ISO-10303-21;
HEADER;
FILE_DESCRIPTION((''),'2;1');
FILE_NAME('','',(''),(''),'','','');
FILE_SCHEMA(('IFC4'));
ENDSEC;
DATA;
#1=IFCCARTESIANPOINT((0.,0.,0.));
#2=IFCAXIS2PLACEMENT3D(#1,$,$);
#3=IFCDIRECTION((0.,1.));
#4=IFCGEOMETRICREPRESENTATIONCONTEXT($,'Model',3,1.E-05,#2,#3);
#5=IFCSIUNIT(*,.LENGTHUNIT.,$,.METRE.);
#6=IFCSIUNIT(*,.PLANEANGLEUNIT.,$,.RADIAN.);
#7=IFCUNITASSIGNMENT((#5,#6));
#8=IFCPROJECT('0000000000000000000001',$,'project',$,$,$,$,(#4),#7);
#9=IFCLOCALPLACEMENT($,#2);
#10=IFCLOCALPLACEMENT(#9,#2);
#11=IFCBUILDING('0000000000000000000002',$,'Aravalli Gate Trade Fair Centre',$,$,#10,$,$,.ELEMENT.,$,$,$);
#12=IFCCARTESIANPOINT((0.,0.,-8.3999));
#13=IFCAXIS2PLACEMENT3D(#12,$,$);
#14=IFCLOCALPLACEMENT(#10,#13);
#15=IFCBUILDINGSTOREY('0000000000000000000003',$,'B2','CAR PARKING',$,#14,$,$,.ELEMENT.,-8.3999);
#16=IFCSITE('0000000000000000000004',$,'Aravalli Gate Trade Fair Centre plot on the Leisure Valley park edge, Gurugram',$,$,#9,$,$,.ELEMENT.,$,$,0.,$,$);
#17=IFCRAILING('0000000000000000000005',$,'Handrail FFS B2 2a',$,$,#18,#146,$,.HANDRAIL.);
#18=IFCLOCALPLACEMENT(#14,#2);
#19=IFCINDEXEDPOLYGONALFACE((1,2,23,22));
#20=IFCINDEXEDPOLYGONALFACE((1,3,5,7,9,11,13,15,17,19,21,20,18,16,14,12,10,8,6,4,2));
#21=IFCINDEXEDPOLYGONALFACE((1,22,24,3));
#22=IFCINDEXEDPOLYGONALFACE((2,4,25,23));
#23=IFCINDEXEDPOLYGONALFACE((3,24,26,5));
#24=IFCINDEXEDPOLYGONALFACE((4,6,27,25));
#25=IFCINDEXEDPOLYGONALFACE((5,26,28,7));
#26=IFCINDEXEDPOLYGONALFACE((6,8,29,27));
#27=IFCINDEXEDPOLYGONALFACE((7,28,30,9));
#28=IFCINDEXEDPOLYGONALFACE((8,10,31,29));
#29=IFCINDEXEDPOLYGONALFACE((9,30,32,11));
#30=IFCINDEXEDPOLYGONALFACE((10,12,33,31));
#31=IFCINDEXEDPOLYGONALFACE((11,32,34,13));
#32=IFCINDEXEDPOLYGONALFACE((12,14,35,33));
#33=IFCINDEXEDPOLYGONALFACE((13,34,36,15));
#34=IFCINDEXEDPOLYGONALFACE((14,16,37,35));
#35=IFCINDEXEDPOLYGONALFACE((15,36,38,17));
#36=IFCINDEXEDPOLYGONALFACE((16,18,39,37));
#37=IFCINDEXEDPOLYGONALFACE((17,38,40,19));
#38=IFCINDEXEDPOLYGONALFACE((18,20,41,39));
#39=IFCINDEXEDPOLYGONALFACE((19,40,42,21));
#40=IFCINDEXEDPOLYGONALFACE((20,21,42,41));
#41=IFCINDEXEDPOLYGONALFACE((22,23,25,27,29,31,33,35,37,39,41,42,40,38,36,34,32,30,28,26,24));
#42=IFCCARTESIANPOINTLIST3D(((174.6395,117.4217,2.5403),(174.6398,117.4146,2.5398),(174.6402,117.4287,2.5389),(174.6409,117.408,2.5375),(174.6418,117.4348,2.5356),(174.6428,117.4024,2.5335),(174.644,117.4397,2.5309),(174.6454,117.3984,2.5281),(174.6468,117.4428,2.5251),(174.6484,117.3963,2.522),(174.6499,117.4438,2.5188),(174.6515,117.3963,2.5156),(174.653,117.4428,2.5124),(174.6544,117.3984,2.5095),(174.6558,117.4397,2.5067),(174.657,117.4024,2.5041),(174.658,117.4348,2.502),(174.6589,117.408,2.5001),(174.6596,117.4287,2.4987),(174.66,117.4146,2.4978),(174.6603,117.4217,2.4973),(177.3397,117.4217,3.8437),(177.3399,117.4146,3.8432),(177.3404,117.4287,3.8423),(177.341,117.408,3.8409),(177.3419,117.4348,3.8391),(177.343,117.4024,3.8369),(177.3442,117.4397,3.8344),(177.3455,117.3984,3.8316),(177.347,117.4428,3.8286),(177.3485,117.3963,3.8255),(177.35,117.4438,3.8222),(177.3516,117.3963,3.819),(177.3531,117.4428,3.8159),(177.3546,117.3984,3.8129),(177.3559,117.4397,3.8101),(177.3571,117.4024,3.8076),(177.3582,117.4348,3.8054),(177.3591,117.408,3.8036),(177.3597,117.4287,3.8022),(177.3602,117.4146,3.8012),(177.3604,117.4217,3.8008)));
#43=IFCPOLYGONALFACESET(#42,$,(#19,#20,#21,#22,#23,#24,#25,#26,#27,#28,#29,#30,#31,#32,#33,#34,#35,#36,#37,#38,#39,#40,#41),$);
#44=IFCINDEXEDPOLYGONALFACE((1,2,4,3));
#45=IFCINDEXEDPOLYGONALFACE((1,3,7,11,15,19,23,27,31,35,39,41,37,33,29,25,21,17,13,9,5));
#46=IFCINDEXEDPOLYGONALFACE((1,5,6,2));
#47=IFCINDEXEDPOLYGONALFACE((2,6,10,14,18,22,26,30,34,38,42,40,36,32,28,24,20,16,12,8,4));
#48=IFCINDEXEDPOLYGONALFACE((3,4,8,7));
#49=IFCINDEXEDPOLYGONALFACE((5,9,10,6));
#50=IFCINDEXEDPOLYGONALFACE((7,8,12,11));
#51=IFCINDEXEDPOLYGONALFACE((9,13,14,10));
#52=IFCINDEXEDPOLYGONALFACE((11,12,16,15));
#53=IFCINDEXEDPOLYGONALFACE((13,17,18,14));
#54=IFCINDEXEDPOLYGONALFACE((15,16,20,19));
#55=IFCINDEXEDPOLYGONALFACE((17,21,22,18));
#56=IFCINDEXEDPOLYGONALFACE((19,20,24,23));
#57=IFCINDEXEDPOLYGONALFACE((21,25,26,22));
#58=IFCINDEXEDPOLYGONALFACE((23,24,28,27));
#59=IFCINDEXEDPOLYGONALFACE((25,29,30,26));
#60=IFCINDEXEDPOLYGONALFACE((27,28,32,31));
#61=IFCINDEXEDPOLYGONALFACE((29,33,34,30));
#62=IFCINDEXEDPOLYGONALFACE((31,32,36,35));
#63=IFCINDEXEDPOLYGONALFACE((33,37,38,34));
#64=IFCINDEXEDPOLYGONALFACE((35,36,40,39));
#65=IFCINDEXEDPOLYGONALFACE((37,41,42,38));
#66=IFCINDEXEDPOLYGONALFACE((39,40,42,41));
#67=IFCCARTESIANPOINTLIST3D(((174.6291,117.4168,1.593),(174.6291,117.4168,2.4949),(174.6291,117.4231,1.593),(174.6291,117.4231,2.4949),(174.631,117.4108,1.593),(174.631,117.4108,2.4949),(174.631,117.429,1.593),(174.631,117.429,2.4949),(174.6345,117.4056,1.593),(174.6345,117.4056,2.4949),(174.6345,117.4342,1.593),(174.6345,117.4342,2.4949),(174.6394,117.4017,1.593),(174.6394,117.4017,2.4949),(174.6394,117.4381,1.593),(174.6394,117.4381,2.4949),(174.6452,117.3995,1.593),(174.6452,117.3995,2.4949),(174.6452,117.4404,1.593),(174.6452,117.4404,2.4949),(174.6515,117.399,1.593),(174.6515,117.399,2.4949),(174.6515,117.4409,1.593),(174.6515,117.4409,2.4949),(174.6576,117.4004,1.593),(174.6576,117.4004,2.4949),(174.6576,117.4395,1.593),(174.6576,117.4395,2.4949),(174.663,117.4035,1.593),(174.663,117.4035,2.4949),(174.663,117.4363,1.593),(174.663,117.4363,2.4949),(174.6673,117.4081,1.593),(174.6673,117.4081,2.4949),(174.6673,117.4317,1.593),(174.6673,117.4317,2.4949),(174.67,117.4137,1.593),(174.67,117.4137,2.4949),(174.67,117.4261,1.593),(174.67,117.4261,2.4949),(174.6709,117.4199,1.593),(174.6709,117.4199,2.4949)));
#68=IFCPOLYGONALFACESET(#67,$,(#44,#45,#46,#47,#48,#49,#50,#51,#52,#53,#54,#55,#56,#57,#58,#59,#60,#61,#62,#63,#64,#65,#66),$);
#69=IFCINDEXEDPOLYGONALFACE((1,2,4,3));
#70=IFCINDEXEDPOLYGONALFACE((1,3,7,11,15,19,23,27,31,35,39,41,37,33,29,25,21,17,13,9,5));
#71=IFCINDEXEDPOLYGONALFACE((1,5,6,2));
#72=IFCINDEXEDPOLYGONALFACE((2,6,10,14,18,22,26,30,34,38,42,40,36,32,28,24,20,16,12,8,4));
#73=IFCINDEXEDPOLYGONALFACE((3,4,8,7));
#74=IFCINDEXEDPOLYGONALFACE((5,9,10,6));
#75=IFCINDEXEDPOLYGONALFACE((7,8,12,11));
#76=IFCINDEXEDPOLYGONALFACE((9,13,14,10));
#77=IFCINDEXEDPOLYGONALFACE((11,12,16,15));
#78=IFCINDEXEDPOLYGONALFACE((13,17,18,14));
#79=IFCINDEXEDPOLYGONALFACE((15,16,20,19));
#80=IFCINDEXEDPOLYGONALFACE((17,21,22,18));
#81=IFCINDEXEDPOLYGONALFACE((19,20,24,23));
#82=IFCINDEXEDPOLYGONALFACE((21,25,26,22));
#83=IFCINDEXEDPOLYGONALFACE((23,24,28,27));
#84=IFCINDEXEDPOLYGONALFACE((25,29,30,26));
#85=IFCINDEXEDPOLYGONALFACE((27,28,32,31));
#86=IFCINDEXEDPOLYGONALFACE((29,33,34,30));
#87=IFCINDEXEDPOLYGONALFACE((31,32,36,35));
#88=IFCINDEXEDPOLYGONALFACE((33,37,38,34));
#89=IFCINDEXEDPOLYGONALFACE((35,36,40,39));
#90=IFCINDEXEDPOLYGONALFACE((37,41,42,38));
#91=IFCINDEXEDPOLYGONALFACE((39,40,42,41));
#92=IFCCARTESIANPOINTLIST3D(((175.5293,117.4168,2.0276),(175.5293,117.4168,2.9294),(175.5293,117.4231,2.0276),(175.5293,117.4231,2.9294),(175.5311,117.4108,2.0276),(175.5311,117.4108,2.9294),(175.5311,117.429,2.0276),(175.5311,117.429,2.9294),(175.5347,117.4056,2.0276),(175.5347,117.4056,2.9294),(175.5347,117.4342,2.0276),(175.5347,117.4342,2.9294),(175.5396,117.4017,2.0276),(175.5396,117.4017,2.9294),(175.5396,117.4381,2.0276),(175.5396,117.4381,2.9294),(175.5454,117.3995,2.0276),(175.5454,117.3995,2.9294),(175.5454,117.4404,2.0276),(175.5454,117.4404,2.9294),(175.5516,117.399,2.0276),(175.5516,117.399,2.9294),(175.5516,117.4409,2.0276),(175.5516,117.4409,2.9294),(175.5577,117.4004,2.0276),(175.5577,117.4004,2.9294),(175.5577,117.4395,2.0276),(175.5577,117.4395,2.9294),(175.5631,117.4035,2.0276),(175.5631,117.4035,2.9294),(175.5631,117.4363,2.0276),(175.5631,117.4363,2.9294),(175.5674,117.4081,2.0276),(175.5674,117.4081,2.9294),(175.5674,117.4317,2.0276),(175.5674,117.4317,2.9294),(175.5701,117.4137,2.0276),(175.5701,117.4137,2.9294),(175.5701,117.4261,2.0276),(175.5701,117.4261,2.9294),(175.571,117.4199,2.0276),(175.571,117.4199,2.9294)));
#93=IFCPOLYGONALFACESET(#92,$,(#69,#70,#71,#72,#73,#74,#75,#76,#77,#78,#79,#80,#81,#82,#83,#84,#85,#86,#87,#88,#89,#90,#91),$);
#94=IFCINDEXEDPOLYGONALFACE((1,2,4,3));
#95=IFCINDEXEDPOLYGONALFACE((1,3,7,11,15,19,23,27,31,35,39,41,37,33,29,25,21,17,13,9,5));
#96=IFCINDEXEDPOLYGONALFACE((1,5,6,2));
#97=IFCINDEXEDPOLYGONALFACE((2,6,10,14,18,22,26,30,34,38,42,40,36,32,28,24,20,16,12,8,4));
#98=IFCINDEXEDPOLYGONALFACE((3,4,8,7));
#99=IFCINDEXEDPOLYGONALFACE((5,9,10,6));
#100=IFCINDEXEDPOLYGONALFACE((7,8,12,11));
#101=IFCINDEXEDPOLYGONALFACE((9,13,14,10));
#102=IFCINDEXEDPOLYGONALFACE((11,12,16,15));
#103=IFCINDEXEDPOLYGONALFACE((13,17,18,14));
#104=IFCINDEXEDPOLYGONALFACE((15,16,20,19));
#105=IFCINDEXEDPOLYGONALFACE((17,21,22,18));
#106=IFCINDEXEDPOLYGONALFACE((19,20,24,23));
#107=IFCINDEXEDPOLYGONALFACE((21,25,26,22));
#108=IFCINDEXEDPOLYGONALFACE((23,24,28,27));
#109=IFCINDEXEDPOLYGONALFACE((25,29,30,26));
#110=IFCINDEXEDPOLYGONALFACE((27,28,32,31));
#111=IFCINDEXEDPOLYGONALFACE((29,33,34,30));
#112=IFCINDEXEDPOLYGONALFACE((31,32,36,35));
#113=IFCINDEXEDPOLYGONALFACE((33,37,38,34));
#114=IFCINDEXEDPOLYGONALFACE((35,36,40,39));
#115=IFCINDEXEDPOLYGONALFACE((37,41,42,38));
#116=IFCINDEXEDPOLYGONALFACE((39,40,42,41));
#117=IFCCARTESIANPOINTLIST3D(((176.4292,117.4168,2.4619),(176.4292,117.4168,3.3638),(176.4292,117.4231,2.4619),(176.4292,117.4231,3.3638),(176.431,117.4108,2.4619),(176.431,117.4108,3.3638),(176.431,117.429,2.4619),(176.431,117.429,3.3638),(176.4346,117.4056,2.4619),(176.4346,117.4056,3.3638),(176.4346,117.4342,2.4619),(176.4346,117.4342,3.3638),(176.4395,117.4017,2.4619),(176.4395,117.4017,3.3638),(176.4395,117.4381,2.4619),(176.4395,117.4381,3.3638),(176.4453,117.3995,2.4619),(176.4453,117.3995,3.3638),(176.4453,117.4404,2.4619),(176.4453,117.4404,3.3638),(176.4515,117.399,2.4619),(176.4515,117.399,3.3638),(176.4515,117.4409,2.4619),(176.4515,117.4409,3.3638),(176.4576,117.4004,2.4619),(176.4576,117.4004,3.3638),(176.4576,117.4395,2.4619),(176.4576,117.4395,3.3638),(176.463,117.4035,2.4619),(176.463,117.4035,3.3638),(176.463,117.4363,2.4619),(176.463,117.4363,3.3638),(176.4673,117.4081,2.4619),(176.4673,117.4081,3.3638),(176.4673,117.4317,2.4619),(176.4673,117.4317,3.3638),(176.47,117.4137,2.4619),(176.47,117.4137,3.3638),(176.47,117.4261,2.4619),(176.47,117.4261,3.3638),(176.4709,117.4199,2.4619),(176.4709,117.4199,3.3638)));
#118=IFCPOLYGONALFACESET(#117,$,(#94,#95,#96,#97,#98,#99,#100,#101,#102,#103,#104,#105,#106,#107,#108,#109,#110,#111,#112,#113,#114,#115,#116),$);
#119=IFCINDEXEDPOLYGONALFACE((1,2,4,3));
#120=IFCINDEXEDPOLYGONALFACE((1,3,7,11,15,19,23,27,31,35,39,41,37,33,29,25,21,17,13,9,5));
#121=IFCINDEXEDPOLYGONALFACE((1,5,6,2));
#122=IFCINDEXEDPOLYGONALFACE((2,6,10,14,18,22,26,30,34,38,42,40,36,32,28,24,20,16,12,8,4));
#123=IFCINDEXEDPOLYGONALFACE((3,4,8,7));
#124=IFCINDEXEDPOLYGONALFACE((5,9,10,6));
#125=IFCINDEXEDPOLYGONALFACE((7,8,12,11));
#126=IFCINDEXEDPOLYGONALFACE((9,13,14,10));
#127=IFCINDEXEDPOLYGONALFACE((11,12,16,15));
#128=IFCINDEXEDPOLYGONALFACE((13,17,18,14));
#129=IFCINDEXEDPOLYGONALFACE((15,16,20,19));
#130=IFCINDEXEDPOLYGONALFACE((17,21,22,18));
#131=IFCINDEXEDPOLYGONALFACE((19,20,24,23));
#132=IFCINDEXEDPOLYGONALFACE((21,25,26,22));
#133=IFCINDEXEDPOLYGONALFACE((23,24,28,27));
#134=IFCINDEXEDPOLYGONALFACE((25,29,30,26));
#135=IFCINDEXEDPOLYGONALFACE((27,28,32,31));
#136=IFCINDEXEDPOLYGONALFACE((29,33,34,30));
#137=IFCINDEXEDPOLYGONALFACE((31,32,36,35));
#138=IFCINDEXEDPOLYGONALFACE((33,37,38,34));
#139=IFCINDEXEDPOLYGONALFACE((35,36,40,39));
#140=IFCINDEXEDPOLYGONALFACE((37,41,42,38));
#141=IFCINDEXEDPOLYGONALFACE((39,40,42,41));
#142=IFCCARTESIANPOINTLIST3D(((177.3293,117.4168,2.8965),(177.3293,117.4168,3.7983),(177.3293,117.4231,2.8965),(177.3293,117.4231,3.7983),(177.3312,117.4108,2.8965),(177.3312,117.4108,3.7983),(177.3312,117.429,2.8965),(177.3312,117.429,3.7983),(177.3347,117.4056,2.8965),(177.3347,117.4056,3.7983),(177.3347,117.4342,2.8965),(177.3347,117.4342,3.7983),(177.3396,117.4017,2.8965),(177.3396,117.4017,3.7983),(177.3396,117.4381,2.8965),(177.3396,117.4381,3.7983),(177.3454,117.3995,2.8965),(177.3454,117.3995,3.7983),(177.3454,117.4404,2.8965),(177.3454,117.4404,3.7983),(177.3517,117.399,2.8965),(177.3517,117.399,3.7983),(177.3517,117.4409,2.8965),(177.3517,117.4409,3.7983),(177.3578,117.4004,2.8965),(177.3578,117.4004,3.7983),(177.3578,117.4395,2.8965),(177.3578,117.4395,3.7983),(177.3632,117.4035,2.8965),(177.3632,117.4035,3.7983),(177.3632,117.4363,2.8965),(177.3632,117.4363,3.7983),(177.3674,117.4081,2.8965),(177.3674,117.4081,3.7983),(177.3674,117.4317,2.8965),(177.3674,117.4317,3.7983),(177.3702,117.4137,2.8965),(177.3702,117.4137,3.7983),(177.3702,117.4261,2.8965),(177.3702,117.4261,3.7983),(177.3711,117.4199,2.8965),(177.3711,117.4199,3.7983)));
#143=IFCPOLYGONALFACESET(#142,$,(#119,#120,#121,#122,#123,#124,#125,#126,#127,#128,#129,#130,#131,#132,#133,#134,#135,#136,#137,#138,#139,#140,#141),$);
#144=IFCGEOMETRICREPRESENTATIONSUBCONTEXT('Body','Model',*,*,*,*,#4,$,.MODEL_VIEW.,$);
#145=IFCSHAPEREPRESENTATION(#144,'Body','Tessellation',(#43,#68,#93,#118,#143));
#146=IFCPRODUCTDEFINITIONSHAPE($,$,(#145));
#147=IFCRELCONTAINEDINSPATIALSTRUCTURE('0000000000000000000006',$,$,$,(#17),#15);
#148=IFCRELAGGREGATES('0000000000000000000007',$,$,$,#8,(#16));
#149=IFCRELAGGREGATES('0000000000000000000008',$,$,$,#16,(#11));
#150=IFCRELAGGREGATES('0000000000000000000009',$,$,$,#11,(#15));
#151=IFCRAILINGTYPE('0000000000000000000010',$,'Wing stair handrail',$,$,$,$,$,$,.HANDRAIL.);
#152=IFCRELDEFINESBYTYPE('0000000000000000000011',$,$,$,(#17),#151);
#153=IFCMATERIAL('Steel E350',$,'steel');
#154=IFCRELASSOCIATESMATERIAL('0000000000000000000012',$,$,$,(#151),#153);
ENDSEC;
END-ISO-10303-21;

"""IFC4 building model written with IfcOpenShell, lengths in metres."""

from ifc_helpers import new_model, si_unit, direction, frame, origin, origin_2d, place, context, subcontext, project, spatial, circle, extrude, material, type_object, element, save


model = new_model("IFC4")

# Units and contexts
model_context = context("Model", 3, precision=1e-05, world=origin(), true_north=direction((0.0, 1.0)))
body_context = subcontext(model_context, "Body", "Model", "MODEL_VIEW")
ifc_project = project(units=[si_unit("LENGTHUNIT", "METRE"), si_unit("PLANEANGLEUNIT", "RADIAN")], contexts=[model_context])

# Site, building, storey
site_placement = place(None, origin())
site = spatial("IfcSite", under=ifc_project, at=site_placement, Name="Aravalli Gate Trade Fair Centre plot on the Leisure Valley park edge, Gurugram", CompositionType="ELEMENT", RefElevation=0.0)
building_placement = place(site_placement, origin())
building = spatial("IfcBuilding", under=site, at=building_placement, Name="Aravalli Gate Trade Fair Centre", CompositionType="ELEMENT")
storey_placement = place(building_placement, frame((0.0, 0.0, -8.3999)))
storey = spatial("IfcBuildingStorey", under=building, at=storey_placement, Name="B2", Description="CAR PARKING", CompositionType="ELEMENT", Elevation=-8.3999)

# Railing
ifc_material_1 = material(Name="Steel E350", Category="steel")
railing_type = type_object("IfcRailingType", Name="Wing stair handrail", PredefinedType="HANDRAIL", material=ifc_material_1)
for number, where, name in (
    (1, (174.6499, 117.4199, 1.593), "Handrail FFS B2 2a"),
):
    element("IfcRailing", number, at=place(storey_placement, frame(where)), inside=storey, type_object=railing_type, Name=name, PredefinedType="HANDRAIL", context=body_context, shape_type="SweptSolid", body=[
        extrude(circle(Radius=0.0239, at=origin_2d()), frame((0.0, 0.0, 0.9258), z_axis=(0.900562, 0.0, 0.434729), x_axis=(0.0, 1.0, 0.0)), (0.0, 0.0, 1.0), 2.9983),
        extrude(circle(Radius=0.021, at=origin_2d()), origin(), (0.0, 0.0, 1.0), 0.9019),
        extrude(circle(Radius=0.021, at=origin_2d()), frame((0.9001, 0.0, 0.4346)), (0.0, 0.0, 1.0), 0.9019),
        extrude(circle(Radius=0.021, at=origin_2d()), frame((1.8, 0.0, 0.8689)), (0.0, 0.0, 1.0), 0.9019),
        extrude(circle(Radius=0.021, at=origin_2d()), frame((2.7002, 0.0, 1.3035)), (0.0, 0.0, 1.0), 0.9019),
    ])

save(model, "model.ifc")
